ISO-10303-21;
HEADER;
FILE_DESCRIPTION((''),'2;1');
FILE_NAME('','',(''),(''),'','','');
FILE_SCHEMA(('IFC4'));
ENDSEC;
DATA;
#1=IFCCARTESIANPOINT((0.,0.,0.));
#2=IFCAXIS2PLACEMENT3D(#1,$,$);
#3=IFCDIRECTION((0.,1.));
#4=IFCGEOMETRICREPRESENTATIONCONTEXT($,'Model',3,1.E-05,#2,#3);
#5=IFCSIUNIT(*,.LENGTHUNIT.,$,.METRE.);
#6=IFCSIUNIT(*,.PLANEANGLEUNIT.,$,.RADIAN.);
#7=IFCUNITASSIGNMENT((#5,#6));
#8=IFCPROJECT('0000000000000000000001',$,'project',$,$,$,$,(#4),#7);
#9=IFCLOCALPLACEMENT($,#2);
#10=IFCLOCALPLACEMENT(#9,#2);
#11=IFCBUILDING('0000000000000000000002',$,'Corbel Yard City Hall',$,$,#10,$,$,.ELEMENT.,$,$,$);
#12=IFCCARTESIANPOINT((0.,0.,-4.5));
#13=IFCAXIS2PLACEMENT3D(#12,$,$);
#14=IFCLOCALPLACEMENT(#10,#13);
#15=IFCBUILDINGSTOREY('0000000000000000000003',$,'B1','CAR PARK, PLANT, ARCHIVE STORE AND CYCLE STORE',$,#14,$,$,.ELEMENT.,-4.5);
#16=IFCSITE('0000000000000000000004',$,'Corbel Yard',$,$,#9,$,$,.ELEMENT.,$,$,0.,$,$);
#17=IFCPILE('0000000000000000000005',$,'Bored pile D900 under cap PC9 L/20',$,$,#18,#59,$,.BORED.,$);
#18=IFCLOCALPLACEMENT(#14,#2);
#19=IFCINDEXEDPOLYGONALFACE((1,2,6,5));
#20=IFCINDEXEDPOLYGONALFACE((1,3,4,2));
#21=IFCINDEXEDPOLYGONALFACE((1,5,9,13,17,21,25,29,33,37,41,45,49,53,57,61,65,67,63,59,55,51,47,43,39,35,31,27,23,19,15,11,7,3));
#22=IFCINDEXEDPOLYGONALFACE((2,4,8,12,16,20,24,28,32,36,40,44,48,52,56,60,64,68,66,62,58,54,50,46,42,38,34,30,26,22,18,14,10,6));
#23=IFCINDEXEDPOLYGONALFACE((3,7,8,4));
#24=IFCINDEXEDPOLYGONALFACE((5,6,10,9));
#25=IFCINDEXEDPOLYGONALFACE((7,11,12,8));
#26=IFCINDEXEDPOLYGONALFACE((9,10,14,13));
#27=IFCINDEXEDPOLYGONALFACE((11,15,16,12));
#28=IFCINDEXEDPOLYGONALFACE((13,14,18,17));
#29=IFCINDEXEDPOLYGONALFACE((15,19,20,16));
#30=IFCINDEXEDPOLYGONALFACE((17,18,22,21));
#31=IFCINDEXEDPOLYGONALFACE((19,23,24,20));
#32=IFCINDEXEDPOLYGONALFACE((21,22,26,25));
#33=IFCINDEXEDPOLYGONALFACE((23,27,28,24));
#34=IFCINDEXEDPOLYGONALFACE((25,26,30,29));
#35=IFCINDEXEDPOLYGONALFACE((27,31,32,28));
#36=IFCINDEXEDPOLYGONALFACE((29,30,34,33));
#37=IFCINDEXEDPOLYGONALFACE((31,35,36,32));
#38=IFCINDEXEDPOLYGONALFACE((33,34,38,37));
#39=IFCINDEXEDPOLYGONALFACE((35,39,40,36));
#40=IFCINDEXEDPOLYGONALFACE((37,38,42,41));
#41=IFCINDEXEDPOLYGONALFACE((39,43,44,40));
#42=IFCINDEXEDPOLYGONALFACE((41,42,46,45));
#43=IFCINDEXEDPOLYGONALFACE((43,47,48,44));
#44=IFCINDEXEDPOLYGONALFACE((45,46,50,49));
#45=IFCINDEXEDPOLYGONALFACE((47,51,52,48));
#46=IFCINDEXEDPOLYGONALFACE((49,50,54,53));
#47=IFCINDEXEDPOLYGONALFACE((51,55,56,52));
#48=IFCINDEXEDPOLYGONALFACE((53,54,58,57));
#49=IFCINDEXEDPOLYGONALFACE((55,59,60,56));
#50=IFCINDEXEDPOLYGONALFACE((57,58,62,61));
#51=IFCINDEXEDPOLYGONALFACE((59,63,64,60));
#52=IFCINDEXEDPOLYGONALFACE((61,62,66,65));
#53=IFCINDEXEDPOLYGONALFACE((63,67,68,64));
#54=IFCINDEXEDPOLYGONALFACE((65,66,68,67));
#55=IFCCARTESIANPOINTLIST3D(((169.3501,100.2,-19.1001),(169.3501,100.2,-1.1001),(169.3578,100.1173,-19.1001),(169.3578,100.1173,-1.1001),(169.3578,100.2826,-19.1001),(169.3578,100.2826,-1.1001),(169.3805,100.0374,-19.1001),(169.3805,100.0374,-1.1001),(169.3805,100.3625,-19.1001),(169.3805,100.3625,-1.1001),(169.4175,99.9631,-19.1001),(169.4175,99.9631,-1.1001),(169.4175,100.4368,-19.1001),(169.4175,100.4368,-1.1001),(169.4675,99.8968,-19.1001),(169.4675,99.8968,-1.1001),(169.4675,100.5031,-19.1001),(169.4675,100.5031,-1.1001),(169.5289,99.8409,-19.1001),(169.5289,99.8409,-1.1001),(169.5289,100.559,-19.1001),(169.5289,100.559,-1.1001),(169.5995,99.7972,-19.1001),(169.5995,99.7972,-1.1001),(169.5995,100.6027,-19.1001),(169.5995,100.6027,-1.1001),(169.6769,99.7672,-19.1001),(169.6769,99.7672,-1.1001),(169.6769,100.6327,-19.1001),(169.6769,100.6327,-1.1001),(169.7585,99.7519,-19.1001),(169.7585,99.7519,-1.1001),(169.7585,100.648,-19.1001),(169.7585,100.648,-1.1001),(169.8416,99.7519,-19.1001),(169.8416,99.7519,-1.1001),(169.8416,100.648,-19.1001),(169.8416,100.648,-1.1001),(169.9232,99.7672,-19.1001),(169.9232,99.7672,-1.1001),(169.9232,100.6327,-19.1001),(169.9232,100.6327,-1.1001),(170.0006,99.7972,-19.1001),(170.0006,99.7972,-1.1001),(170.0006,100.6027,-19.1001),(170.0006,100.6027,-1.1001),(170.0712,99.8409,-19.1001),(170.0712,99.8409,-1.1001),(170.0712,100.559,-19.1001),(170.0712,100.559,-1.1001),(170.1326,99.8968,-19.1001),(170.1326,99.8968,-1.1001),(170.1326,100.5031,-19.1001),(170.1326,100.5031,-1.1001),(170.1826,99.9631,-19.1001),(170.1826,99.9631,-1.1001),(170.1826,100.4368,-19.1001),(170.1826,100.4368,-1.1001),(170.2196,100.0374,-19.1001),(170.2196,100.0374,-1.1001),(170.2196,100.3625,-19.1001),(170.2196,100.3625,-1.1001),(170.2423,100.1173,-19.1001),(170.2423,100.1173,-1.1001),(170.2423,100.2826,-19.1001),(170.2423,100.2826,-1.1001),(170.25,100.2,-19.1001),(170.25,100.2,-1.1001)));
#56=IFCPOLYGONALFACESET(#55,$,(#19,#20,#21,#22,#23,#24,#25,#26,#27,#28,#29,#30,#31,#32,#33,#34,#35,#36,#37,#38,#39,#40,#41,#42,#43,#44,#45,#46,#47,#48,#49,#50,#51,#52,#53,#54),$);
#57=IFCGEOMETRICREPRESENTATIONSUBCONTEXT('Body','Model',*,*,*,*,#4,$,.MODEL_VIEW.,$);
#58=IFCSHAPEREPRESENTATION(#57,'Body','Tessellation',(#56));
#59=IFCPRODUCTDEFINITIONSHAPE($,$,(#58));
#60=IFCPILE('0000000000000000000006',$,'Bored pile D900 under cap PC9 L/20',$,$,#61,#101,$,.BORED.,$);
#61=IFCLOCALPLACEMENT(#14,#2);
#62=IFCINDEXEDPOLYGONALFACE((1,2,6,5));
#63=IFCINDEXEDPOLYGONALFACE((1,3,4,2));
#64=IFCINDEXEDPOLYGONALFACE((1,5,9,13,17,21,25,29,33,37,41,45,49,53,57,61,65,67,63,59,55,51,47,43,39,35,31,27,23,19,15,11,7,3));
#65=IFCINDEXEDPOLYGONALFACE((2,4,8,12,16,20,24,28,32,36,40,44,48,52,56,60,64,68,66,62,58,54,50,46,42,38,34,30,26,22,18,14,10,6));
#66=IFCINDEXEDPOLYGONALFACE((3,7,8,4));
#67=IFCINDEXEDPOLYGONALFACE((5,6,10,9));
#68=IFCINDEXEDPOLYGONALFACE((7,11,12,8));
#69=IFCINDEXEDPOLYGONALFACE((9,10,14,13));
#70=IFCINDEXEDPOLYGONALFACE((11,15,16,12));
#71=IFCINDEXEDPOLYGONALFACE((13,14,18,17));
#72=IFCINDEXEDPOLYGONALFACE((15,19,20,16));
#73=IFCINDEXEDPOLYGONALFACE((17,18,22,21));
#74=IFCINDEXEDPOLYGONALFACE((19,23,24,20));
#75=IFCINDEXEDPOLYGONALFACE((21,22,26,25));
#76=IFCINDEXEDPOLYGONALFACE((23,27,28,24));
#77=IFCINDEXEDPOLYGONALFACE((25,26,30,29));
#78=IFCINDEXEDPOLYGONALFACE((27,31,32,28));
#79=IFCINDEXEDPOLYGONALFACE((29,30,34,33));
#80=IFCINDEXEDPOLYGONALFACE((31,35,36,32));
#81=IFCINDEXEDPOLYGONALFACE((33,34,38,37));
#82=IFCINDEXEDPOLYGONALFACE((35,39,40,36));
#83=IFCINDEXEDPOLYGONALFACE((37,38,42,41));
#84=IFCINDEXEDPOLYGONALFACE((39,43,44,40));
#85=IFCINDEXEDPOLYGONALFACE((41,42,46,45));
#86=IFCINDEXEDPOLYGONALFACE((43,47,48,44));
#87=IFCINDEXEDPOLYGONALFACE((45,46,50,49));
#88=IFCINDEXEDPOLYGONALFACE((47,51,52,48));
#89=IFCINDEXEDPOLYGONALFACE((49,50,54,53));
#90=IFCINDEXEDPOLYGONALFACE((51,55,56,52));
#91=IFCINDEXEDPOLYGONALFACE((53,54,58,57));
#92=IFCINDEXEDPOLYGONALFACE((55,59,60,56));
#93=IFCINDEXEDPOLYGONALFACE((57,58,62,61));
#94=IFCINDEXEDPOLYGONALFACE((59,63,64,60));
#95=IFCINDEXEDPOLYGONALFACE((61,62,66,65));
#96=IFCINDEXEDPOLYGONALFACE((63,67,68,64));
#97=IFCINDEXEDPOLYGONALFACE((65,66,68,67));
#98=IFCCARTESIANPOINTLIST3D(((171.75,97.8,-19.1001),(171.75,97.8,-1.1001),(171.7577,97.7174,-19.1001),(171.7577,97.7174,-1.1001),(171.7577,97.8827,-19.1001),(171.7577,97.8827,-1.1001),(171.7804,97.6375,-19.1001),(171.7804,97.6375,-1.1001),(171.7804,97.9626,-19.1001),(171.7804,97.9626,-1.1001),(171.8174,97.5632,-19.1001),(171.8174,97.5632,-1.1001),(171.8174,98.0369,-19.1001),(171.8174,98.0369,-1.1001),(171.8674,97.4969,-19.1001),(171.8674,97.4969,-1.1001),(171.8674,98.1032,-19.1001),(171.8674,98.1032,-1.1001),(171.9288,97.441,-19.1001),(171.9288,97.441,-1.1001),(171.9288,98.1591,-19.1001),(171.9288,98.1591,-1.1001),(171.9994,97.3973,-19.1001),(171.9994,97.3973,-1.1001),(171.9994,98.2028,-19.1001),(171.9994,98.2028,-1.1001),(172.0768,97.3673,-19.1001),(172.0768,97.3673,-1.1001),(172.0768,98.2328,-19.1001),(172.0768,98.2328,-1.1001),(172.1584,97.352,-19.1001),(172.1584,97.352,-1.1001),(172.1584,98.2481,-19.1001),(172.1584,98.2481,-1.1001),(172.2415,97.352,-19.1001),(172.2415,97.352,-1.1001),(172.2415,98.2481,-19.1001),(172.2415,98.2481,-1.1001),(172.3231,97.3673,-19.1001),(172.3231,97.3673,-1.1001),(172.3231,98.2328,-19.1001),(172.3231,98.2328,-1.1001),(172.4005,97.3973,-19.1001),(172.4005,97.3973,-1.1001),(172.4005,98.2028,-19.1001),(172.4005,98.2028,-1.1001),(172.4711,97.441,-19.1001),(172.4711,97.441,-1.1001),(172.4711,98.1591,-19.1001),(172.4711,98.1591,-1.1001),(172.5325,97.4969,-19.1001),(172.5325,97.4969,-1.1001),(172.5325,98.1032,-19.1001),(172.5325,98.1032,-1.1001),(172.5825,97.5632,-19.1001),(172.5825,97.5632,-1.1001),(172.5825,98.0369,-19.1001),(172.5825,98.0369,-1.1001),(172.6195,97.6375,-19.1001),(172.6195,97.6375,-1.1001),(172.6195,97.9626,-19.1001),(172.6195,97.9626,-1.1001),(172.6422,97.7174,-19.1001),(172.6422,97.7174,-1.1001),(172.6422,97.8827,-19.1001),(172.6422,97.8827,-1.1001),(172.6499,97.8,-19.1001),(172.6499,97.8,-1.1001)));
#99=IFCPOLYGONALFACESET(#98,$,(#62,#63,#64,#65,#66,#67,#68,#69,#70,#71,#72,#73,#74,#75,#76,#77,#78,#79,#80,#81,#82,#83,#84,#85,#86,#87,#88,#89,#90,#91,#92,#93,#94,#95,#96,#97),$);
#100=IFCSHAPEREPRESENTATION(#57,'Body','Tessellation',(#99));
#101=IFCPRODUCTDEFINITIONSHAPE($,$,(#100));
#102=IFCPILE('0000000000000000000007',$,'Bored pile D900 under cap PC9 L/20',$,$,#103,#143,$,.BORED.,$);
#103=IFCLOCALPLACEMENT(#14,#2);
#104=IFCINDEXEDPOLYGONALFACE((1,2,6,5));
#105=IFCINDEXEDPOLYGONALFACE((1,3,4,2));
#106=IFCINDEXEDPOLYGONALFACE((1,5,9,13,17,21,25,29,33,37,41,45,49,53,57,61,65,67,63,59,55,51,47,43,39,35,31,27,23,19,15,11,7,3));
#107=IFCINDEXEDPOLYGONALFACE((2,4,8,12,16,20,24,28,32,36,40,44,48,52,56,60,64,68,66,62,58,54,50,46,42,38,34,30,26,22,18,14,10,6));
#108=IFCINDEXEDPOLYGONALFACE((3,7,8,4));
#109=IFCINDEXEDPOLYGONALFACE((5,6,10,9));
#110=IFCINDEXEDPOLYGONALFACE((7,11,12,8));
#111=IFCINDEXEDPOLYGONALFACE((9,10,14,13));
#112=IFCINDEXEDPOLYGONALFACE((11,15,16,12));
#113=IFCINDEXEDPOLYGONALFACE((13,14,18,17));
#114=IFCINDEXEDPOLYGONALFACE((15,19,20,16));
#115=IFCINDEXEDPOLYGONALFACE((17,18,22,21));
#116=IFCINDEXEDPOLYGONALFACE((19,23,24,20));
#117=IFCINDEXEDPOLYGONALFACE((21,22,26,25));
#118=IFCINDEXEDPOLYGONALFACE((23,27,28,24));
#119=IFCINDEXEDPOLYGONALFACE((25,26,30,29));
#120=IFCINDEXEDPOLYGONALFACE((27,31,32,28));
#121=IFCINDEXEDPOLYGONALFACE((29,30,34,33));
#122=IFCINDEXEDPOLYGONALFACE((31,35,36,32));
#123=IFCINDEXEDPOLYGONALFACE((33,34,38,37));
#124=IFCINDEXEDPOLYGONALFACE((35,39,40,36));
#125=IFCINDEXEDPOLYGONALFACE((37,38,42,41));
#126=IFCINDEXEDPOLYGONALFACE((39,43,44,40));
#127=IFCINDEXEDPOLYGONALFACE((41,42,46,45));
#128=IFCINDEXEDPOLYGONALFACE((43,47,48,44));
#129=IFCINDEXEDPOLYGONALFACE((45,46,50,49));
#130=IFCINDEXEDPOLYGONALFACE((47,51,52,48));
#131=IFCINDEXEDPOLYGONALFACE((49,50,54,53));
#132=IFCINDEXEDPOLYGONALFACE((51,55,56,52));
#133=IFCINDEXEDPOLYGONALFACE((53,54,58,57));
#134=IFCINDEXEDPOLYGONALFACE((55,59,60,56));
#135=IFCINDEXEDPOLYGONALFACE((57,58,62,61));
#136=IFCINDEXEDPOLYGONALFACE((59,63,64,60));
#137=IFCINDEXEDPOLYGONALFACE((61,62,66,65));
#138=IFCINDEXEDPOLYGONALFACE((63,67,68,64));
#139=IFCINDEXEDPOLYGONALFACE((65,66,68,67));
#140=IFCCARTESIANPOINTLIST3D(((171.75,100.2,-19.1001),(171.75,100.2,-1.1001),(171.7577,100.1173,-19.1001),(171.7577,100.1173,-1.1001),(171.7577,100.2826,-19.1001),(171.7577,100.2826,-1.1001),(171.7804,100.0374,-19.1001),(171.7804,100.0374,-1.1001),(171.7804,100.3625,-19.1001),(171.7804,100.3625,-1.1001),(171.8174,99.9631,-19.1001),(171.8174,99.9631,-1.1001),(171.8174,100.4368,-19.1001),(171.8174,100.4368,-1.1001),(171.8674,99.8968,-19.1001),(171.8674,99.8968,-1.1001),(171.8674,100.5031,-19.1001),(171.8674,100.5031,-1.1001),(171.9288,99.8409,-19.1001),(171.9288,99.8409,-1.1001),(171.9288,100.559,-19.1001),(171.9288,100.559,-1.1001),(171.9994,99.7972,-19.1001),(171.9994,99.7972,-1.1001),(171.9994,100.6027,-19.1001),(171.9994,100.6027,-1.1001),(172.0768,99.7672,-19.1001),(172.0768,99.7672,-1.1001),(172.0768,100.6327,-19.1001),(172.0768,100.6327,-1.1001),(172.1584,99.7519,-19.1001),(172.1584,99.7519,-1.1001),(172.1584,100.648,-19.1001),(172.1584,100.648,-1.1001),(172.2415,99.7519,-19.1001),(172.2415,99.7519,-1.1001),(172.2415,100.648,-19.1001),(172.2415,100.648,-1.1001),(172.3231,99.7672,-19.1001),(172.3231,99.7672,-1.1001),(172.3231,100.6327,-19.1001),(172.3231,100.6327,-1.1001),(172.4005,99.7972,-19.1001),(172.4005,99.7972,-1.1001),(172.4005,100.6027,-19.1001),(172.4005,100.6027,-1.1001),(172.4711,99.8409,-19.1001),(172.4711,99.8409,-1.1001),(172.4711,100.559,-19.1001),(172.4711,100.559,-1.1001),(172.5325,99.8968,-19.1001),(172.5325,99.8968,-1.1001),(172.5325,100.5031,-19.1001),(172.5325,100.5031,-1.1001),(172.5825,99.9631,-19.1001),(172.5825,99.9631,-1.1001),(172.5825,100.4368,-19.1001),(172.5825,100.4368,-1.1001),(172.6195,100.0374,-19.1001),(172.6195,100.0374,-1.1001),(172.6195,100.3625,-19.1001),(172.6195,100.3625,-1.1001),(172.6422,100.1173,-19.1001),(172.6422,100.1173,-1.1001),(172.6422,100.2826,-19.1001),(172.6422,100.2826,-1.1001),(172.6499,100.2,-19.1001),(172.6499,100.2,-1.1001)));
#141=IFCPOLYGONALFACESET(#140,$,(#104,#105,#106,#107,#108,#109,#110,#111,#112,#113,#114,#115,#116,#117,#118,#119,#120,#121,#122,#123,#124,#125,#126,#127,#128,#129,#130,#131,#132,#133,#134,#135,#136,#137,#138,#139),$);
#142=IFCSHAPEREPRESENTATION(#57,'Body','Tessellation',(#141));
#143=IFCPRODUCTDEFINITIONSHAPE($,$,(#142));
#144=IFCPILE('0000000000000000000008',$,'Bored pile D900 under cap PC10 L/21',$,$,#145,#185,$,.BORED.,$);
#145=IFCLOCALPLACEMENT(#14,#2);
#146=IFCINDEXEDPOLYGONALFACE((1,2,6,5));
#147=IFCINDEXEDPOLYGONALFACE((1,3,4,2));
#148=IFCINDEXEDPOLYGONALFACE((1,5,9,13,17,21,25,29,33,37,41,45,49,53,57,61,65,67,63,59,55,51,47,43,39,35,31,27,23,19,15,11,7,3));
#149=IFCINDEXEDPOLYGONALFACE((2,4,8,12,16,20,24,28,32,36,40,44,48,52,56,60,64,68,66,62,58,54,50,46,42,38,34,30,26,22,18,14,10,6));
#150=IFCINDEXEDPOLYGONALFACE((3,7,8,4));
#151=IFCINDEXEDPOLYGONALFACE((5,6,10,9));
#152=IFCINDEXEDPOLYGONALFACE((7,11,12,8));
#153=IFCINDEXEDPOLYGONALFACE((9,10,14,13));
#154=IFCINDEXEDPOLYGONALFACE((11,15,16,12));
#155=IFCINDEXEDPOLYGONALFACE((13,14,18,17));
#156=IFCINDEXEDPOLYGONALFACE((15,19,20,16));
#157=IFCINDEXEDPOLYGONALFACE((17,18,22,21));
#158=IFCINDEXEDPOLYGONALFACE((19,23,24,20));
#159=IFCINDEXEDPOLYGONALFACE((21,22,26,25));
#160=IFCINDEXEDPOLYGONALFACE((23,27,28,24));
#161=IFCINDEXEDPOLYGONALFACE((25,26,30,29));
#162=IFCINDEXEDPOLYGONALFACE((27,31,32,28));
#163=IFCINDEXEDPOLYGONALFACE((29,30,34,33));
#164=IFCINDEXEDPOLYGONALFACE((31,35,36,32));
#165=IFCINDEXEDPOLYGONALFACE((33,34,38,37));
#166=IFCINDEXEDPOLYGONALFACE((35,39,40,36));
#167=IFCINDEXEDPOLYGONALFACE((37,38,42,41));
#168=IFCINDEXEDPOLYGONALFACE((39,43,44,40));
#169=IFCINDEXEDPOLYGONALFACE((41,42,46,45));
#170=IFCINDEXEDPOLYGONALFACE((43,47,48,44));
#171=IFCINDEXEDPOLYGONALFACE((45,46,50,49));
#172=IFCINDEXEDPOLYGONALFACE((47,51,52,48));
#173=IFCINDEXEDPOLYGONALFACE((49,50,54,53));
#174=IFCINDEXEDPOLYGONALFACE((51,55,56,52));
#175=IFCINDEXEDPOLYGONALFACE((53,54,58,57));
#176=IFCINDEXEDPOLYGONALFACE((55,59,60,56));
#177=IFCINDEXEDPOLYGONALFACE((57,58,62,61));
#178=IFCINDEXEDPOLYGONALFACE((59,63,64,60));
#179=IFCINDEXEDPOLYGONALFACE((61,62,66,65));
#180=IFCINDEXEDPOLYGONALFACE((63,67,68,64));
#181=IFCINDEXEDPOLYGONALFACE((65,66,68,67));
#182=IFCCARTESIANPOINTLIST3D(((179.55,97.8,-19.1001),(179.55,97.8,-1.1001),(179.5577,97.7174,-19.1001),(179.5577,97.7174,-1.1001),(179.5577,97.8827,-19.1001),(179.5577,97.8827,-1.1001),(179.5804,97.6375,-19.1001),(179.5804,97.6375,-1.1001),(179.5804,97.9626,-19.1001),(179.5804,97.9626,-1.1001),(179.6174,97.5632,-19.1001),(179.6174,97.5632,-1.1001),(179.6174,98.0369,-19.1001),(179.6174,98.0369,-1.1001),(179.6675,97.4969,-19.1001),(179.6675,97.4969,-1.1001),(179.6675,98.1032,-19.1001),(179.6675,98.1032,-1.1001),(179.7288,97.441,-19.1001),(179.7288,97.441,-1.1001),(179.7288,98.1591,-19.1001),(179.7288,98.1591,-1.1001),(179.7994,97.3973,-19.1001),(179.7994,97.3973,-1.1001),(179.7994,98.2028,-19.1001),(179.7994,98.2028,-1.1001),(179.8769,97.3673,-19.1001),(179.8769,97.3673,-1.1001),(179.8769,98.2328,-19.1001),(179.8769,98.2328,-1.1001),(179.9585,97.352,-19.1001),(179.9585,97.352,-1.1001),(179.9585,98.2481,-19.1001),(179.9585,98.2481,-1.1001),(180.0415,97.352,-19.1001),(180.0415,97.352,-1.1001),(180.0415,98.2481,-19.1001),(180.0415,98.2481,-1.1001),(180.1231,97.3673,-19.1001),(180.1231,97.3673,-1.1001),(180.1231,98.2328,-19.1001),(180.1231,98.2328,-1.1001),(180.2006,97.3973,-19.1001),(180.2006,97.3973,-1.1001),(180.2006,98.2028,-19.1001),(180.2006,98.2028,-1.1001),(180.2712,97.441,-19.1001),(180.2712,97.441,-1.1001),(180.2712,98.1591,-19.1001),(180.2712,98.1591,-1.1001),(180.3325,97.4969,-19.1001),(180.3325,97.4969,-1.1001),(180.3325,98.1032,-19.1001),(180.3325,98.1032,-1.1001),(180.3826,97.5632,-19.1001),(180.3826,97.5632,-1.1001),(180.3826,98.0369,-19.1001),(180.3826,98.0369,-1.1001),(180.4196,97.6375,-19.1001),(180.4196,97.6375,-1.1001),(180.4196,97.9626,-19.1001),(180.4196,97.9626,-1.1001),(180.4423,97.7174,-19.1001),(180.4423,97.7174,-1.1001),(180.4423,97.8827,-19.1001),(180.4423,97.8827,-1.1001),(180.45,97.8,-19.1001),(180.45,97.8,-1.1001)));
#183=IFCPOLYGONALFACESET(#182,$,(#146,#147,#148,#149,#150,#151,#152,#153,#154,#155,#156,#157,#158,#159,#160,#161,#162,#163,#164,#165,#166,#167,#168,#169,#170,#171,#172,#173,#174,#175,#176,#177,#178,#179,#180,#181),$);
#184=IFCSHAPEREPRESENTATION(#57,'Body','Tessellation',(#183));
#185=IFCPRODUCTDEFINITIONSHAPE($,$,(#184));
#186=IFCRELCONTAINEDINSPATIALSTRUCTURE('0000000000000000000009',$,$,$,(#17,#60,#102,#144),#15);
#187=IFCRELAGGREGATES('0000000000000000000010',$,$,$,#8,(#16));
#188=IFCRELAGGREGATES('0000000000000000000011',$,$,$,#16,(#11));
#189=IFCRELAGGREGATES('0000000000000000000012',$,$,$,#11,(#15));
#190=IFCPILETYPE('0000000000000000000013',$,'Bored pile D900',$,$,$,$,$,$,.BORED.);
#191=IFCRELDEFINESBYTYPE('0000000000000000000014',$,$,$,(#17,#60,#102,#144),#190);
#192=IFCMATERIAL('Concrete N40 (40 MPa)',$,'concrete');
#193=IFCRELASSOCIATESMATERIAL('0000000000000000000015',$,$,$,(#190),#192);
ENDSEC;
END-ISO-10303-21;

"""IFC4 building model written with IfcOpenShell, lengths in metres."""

from ifc_helpers import new_model, si_unit, direction, frame, origin, origin_2d, place, context, subcontext, project, spatial, circle, extrude, material, material_profile, profile_set, type_object, element, save


model = new_model("IFC4")

# Units and contexts
model_context = context("Model", 3, precision=1e-05, world=origin(), true_north=direction((0.0, 1.0)))
body_context = subcontext(model_context, "Body", "Model", "MODEL_VIEW")
ifc_project = project(units=[si_unit("LENGTHUNIT", "METRE"), si_unit("PLANEANGLEUNIT", "RADIAN")], contexts=[model_context])

# Site, building, storey
site_placement = place(None, origin())
site = spatial("IfcSite", under=ifc_project, at=site_placement, Name="Corbel Yard", CompositionType="ELEMENT", RefElevation=0.0)
building_placement = place(site_placement, origin())
building = spatial("IfcBuilding", under=site, at=building_placement, Name="Corbel Yard City Hall", CompositionType="ELEMENT")
storey_placement = place(building_placement, frame((0.0, 0.0, -4.5)))
storey = spatial("IfcBuildingStorey", under=building, at=storey_placement, Name="B1", Description="CAR PARK, PLANT, ARCHIVE STORE AND CYCLE STORE", CompositionType="ELEMENT", Elevation=-4.5)

# Piles
ifc_material_1 = material(Name="Concrete N40 (40 MPa)", Category="concrete")
ifc_material_profile_1 = material_profile(ifc_material_1, circle(Radius=0.45, at=origin_2d()), Name="D900")
ifc_profile_set_1 = profile_set([ifc_material_profile_1], Name="Concrete N40 (40 MPa)")
pile_type = type_object("IfcPileType", Name="Bored pile D900", PredefinedType="BORED", material=ifc_profile_set_1)
for number, where, z_axis, x_axis, name in (
    (1, (169.8, 100.2, -1.1001), (0.0, 0.0, -1.0), (1.0, 0.0, 0.0), "Bored pile D900 under cap PC9 L/20"),
    (2, (172.2, 97.8, -1.1001), (0.0, 0.0, -1.0), (1.0, 0.0, 0.0), "Bored pile D900 under cap PC9 L/20"),
    (3, (172.2, 100.2, -1.1001), (0.0, 0.0, -1.0), (1.0, 0.0, 0.0), "Bored pile D900 under cap PC9 L/20"),
    (4, (180.0, 97.8, -1.1001), (0.0, 0.0, -1.0), (1.0, 0.0, 0.0), "Bored pile D900 under cap PC10 L/21"),
):
    element("IfcPile", number, at=place(storey_placement, frame(where, z_axis=z_axis, x_axis=x_axis)), inside=storey, type_object=pile_type, Name=name, PredefinedType="BORED", context=body_context, shape_type="SweptSolid", body=[
        extrude(circle(Radius=0.45, at=origin_2d()), origin(), (0.0, 0.0, 1.0), 18.0),
    ])

save(model, "model.ifc")
